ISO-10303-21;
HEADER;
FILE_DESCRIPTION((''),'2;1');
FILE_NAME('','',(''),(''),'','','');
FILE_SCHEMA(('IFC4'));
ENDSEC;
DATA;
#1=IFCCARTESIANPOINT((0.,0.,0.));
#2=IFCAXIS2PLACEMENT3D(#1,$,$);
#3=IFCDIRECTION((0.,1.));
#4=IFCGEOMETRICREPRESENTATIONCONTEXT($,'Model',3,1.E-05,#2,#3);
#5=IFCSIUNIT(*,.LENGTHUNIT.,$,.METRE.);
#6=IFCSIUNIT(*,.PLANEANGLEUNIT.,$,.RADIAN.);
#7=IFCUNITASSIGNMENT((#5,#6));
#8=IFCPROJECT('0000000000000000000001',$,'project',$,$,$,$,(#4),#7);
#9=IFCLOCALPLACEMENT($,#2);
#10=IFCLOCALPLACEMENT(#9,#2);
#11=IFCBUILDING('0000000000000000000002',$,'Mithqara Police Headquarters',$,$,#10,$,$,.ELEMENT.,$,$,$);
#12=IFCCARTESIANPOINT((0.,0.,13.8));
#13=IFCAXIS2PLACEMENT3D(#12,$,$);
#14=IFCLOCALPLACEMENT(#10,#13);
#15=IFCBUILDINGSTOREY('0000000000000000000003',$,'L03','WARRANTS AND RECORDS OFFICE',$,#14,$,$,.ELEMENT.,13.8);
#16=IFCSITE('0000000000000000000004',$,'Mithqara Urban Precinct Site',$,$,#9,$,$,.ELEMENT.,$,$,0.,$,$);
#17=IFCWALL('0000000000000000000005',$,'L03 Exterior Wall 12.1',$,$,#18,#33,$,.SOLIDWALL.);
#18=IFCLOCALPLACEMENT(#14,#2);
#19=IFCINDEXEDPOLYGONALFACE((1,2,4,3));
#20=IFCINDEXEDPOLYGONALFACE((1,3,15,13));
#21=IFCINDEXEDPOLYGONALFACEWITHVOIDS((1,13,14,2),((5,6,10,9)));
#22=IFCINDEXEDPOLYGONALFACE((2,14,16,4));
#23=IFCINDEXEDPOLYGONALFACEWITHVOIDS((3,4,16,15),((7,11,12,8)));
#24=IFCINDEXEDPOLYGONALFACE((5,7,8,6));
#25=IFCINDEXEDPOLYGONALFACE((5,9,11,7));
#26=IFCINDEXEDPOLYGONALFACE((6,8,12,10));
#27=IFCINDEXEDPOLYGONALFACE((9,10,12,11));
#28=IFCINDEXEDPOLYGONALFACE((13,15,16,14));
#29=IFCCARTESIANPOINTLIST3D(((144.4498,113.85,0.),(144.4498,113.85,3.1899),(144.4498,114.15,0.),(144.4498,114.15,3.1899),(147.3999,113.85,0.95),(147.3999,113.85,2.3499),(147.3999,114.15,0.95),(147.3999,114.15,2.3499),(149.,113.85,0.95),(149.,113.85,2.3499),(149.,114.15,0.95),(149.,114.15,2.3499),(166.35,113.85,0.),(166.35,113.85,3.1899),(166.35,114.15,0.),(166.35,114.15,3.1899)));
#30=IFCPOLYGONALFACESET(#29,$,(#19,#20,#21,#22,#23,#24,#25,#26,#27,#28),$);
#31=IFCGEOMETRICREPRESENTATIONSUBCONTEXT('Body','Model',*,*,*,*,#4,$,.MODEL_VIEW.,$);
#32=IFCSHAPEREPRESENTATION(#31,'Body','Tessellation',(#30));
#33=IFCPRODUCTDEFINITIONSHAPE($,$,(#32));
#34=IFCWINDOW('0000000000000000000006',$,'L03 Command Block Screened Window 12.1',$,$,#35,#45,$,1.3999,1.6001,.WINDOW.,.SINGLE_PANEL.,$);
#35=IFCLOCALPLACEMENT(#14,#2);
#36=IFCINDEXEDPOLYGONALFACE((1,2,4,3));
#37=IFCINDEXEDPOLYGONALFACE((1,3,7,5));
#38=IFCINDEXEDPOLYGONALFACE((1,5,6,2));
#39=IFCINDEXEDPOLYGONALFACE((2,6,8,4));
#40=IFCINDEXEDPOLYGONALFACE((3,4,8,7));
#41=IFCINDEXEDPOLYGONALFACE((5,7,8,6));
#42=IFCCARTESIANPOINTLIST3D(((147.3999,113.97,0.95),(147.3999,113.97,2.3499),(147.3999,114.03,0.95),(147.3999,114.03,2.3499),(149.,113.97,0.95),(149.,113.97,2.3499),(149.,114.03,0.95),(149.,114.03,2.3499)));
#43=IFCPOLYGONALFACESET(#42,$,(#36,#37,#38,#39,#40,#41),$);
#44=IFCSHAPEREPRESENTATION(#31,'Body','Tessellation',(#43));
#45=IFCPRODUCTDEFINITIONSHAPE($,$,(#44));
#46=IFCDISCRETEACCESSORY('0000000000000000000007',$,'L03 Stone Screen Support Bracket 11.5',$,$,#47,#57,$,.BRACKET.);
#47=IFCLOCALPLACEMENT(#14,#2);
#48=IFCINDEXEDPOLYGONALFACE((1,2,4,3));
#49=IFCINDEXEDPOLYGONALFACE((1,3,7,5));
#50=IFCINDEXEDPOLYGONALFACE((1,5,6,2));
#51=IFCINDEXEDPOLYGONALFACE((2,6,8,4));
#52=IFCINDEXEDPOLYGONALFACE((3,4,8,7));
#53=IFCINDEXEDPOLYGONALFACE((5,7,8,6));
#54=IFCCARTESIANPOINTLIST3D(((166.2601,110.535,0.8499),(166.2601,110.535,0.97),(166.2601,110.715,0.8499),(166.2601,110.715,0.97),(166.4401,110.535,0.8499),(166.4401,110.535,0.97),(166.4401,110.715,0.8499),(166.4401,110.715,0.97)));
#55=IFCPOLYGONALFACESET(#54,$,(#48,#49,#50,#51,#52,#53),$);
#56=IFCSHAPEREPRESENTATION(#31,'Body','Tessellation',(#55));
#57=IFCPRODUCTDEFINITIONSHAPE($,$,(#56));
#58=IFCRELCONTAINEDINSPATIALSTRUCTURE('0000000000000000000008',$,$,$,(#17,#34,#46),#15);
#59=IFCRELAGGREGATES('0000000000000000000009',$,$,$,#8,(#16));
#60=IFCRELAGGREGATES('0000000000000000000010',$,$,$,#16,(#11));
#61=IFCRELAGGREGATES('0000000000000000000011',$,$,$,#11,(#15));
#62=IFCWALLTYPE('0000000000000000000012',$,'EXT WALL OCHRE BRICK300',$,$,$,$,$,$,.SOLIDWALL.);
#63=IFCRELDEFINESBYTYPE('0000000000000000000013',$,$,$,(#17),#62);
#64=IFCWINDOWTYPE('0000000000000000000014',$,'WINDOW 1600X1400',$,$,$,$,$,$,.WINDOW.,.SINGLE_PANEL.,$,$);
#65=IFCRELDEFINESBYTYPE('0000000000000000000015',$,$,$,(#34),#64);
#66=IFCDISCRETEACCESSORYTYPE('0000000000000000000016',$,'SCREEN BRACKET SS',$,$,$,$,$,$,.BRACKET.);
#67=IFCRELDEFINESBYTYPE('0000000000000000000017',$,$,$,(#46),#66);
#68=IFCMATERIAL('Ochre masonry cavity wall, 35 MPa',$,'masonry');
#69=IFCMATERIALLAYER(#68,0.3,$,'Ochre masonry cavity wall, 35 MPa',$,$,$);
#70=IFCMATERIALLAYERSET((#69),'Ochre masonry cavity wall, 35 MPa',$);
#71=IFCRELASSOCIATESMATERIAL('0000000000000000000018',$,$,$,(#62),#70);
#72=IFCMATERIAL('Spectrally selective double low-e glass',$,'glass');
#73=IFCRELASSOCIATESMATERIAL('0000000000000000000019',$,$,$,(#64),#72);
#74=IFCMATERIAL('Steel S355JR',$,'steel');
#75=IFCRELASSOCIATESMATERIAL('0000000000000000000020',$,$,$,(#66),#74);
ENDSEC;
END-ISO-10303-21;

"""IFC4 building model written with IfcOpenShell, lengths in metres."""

from ifc_helpers import new_model, si_unit, direction, frame, frame_2d, origin, origin_2d, place, context, subcontext, project, spatial, rectangle, extrude, material, layer, layer_set, type_object, element, fill, save


model = new_model("IFC4")

# Units and contexts
model_context = context("Model", 3, precision=1e-05, world=origin(), true_north=direction((0.0, 1.0)))
body_context = subcontext(model_context, "Body", "Model", "MODEL_VIEW")
ifc_project = project(units=[si_unit("LENGTHUNIT", "METRE"), si_unit("PLANEANGLEUNIT", "RADIAN")], contexts=[model_context])

# Site, building, storey
site_placement = place(None, origin())
site = spatial("IfcSite", under=ifc_project, at=site_placement, Name="Mithqara Urban Precinct Site", CompositionType="ELEMENT", RefElevation=0.0)
building_placement = place(site_placement, origin())
building = spatial("IfcBuilding", under=site, at=building_placement, Name="Mithqara Police Headquarters", CompositionType="ELEMENT")
storey_placement = place(building_placement, frame((0.0, 0.0, 13.8)))
storey = spatial("IfcBuildingStorey", under=building, at=storey_placement, Name="L03", Description="WARRANTS AND RECORDS OFFICE", CompositionType="ELEMENT", Elevation=13.8)

# Shared definitions
ifc_material_1 = material(Name="Steel S355JR", Category="steel")

# Shared definitions
ifc_material_2 = material(Name="Spectrally selective double low-e glass", Category="glass")

# Wall, opening, window
ifc_material_3 = material(Name="Ochre masonry cavity wall, 35 MPa", Category="masonry")
ifc_layer_1 = layer(ifc_material_3, 0.3, Name="Ochre masonry cavity wall, 35 MPa")
ifc_layer_set_1 = layer_set([ifc_layer_1], Name="Ochre masonry cavity wall, 35 MPa")
wall_type = type_object("IfcWallType", Name="EXT WALL OCHRE BRICK300", PredefinedType="SOLIDWALL", material=ifc_layer_set_1)
wall_placement = place(storey_placement, frame((166.3501, 114.0, 0.0), z_axis=(0.0, 0.0, 1.0), x_axis=(-1.0, 0.0, 0.0)))
wall = element("IfcWall", 1, at=wall_placement, inside=storey, type_object=wall_type, Name="L03 Exterior Wall 12.1", PredefinedType="SOLIDWALL", context=body_context, shape_type="SweptSolid", body=[
    extrude(rectangle(XDim=21.9001, YDim=0.3, at=frame_2d((10.9502, 0.0))), origin(), (0.0, 0.0, 1.0), 3.1899),
])
opening_placement = place(wall_placement, frame((17.3501, 0.0, 0.95)))
opening = element("IfcOpeningElement", 2, at=opening_placement, cuts=wall, PredefinedType="OPENING", context=body_context, shape_type="SweptSolid", body=[
    extrude(rectangle(XDim=1.6001, YDim=1.3999, at=frame_2d((0.8, 0.7))), frame((0.0, 0.1602, 0.0), z_axis=(0.0, -1.0, 0.0), x_axis=(1.0, 0.0, 0.0)), (0.0, 0.0, 1.0), 0.3201),
])
window_type = type_object("IfcWindowType", Name="WINDOW 1600X1400", PartitioningType="SINGLE_PANEL", PredefinedType="WINDOW", material=ifc_material_2)
window_placement = place(opening_placement, origin())
window = element("IfcWindow", 3, at=window_placement, inside=storey, type_object=window_type, Name="L03 Command Block Screened Window 12.1", OverallHeight=1.3999, OverallWidth=1.6001, PartitioningType="SINGLE_PANEL", PredefinedType="WINDOW", context=body_context, shape_type="SweptSolid", body=[
    extrude(rectangle(XDim=1.6001, YDim=1.3999, at=frame_2d((0.8, 0.7))), frame((0.0, 0.03, 0.0), z_axis=(0.0, -1.0, 0.0), x_axis=(1.0, 0.0, 0.0)), (0.0, 0.0, 1.0), 0.0601),
])
fill(opening, window)

# Discrete accessory
discrete_accessory_type = type_object("IfcDiscreteAccessoryType", Name="SCREEN BRACKET SS", PredefinedType="BRACKET", material=ifc_material_1)
discrete_accessory_placement = place(storey_placement, frame((166.3501, 110.625, 0.8499), z_axis=(0.0, 0.0, 1.0), x_axis=(0.0, 1.0, 0.0)))
element("IfcDiscreteAccessory", 4, at=discrete_accessory_placement, inside=storey, type_object=discrete_accessory_type, Name="L03 Stone Screen Support Bracket 11.5", PredefinedType="BRACKET", context=body_context, shape_type="SweptSolid", body=[
    extrude(rectangle(XDim=0.1799, YDim=0.1799, at=origin_2d()), origin(), (0.0, 0.0, 1.0), 0.1201),
])

save(model, "model.ifc")
